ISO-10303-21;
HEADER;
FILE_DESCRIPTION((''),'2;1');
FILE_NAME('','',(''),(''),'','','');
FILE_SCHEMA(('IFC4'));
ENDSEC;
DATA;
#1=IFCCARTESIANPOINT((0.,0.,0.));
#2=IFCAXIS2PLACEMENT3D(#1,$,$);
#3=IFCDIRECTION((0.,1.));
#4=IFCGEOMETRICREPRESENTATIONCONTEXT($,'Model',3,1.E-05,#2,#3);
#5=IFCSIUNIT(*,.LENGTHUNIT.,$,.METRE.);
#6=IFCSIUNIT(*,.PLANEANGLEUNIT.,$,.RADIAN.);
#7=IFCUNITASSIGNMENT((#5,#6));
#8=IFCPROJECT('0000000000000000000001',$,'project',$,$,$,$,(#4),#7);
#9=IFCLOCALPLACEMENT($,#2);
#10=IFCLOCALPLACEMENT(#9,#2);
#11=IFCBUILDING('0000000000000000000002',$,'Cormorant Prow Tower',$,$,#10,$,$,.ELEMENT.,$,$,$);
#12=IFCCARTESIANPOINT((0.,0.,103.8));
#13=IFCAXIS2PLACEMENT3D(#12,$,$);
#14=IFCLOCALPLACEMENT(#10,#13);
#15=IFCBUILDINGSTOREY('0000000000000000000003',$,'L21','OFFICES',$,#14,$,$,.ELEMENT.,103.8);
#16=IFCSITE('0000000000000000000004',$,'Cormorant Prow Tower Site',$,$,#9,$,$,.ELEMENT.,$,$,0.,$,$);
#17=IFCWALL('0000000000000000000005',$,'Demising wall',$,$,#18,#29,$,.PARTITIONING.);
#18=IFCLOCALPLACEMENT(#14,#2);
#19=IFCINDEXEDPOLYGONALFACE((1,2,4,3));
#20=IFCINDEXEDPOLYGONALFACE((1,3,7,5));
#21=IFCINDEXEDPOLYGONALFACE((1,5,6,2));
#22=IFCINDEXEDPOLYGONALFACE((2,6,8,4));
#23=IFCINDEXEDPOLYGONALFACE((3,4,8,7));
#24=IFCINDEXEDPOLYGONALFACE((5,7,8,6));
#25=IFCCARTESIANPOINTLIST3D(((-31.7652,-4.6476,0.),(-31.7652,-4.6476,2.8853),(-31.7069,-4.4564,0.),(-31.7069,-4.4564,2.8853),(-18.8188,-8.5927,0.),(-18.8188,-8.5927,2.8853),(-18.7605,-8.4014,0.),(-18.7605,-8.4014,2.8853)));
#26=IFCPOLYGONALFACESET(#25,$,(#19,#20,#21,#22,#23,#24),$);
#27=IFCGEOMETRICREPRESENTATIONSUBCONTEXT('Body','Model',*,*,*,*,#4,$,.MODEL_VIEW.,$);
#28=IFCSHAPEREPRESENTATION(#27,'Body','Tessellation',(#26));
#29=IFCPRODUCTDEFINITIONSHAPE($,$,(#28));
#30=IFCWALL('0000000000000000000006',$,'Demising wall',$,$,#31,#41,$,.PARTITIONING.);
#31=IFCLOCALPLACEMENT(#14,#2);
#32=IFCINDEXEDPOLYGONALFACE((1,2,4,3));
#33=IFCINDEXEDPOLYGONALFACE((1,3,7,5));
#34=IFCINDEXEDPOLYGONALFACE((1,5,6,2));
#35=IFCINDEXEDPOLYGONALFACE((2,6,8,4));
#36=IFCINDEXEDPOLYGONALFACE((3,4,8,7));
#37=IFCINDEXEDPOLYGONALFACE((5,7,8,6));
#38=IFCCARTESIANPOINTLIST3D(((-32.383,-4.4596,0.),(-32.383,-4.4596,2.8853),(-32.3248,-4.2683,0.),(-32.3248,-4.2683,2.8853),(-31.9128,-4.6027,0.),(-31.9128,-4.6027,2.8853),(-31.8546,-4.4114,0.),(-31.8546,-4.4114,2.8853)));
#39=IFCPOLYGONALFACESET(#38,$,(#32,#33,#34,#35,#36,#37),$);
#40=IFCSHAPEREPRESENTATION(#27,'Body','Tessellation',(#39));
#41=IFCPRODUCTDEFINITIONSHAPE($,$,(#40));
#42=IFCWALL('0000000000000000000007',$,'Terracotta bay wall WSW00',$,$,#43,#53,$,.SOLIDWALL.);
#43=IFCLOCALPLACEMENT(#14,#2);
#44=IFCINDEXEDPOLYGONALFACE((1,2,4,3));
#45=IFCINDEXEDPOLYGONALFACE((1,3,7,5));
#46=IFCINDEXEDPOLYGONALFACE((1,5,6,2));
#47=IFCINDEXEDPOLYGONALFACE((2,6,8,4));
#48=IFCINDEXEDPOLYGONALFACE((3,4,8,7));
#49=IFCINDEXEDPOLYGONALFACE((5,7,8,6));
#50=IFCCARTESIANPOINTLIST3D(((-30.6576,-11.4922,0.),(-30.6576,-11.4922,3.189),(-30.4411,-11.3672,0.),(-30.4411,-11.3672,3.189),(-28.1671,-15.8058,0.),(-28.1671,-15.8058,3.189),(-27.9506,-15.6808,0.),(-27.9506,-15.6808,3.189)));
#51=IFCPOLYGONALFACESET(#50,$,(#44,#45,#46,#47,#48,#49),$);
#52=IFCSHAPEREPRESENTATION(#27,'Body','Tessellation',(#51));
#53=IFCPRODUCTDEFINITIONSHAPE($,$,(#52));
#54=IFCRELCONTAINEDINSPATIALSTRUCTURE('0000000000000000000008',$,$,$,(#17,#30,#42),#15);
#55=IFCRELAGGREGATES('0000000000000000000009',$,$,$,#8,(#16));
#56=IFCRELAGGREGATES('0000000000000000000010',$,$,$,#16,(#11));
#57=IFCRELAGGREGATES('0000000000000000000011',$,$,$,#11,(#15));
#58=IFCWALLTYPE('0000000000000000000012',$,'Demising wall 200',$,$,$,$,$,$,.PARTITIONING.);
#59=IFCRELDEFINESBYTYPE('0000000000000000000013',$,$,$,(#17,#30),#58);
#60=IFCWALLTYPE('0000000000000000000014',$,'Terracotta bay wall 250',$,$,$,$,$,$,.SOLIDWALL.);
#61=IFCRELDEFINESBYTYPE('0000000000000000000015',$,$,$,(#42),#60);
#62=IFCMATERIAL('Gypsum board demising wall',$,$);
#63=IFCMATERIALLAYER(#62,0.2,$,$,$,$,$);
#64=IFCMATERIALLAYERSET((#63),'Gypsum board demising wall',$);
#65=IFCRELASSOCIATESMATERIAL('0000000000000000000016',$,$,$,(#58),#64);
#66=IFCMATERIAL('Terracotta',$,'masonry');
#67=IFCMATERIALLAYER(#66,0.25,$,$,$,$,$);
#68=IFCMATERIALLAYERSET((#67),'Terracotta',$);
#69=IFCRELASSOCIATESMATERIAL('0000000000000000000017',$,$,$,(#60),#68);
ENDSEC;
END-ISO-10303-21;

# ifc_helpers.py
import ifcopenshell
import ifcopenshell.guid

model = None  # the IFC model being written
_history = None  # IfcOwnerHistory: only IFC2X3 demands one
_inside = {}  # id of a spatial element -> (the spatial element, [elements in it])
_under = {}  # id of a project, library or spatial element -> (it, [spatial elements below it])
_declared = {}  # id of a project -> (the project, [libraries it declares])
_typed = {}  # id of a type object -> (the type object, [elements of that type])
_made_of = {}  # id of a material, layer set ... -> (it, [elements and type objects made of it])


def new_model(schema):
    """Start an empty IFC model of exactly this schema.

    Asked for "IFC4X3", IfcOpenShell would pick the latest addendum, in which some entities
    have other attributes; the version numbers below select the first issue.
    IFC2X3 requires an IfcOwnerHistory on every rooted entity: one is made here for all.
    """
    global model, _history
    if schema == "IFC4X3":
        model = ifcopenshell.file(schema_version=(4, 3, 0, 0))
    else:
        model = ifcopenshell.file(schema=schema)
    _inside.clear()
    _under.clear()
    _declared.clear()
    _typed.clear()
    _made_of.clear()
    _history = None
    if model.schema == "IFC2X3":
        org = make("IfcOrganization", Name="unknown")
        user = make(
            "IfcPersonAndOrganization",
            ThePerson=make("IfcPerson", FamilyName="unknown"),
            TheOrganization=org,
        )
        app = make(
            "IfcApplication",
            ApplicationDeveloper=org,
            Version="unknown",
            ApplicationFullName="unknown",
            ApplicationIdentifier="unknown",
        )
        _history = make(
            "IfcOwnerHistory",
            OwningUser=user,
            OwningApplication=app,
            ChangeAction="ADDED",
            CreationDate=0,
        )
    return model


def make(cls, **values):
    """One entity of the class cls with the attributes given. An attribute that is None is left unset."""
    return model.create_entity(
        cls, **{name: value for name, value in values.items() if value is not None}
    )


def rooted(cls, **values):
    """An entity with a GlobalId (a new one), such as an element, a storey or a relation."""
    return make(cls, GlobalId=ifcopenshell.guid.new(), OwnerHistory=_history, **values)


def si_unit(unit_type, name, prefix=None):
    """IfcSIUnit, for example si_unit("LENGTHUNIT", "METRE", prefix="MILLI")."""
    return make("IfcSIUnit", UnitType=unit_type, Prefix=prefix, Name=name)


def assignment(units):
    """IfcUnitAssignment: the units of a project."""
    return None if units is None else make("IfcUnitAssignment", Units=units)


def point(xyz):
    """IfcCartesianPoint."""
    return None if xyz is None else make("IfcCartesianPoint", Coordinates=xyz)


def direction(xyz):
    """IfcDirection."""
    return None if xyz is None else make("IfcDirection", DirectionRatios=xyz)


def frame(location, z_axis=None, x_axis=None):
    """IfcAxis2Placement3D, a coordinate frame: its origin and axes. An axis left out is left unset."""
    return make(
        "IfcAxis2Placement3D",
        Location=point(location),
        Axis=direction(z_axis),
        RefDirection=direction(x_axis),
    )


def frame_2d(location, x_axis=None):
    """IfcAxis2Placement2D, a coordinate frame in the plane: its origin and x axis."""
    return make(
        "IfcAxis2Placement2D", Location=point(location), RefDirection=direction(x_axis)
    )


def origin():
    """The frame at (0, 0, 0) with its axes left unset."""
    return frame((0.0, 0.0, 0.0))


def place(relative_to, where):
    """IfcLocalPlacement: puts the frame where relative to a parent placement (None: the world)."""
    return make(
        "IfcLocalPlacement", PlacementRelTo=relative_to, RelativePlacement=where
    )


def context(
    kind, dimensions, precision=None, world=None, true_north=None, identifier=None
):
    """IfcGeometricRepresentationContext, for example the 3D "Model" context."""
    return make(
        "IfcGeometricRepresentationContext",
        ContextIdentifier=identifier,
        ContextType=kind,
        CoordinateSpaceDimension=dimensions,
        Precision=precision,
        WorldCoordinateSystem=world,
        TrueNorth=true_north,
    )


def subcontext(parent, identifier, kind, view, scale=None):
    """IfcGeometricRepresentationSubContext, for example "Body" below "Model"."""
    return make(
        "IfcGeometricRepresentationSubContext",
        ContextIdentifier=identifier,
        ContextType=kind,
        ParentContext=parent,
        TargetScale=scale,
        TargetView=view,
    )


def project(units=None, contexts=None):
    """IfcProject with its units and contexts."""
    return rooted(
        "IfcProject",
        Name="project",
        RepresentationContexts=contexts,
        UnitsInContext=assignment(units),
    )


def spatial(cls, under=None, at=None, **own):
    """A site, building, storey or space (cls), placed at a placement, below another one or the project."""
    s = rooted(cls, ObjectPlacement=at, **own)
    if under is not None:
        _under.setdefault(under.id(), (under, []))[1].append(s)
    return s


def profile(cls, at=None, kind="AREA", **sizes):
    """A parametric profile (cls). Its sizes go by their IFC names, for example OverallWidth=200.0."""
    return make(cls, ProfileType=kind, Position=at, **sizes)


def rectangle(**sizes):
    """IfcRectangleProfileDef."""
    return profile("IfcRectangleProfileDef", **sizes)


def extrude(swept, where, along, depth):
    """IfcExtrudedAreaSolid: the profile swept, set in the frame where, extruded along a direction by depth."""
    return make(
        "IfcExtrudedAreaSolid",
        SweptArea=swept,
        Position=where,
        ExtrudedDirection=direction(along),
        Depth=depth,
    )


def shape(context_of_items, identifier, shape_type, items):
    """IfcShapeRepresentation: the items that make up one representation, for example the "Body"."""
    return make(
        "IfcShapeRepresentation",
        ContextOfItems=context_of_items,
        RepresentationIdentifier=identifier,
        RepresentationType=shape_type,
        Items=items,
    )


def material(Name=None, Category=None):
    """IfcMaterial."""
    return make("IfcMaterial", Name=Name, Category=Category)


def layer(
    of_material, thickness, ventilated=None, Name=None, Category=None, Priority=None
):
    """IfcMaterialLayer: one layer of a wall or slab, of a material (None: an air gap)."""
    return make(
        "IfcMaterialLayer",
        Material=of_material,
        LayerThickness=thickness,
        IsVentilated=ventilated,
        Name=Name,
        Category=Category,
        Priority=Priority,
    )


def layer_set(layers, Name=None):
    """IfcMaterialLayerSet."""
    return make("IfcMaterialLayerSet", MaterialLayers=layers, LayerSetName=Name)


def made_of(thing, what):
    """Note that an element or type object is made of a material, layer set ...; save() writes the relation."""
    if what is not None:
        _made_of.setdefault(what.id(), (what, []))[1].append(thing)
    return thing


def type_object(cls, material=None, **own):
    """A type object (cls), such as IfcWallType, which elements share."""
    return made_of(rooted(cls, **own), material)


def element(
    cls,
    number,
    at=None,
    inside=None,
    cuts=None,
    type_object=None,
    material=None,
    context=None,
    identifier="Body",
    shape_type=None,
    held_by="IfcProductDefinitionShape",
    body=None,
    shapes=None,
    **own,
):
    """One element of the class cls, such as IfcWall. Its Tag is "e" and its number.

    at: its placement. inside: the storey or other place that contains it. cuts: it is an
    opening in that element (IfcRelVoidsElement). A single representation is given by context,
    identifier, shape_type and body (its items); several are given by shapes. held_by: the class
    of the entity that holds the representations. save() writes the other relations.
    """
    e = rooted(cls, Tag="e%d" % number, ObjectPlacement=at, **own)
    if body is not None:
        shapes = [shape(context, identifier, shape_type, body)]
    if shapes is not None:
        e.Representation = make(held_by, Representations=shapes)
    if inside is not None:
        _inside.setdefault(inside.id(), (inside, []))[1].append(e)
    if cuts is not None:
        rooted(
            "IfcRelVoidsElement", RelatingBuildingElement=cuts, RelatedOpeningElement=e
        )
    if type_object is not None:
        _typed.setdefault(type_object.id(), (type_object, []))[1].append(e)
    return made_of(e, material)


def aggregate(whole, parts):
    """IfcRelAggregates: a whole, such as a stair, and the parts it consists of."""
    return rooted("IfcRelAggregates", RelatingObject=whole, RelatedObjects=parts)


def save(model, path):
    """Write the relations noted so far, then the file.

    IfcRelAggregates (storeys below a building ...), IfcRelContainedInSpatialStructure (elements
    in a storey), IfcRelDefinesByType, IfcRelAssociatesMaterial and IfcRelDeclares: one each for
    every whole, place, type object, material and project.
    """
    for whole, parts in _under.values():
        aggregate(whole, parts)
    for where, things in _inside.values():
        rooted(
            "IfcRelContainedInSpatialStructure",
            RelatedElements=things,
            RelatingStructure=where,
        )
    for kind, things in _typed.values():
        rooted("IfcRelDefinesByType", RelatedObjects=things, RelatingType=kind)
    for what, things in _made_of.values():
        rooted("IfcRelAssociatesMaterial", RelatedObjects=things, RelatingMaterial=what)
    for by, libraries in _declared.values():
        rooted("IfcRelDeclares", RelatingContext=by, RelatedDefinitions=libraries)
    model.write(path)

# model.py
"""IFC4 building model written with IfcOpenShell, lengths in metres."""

from ifc_helpers import new_model, si_unit, direction, frame, frame_2d, origin, place, context, subcontext, project, spatial, rectangle, extrude, material, layer, layer_set, type_object, element, save


model = new_model("IFC4")

# Units and contexts
model_context = context("Model", 3, precision=1e-05, world=origin(), true_north=direction((0.0, 1.0)))
body_context = subcontext(model_context, "Body", "Model", "MODEL_VIEW")
ifc_project = project(units=[si_unit("LENGTHUNIT", "METRE"), si_unit("PLANEANGLEUNIT", "RADIAN")], contexts=[model_context])

# Site, building, storey
site_placement = place(None, origin())
site = spatial("IfcSite", under=ifc_project, at=site_placement, Name="Cormorant Prow Tower Site", CompositionType="ELEMENT", RefElevation=0.0)
building_placement = place(site_placement, origin())
building = spatial("IfcBuilding", under=site, at=building_placement, Name="Cormorant Prow Tower", CompositionType="ELEMENT")
storey_placement = place(building_placement, frame((0.0, 0.0, 103.8)))
storey = spatial("IfcBuildingStorey", under=building, at=storey_placement, Name="L21", Description="OFFICES", CompositionType="ELEMENT", Elevation=103.8)

# Walls
ifc_material_1 = material(Name="Gypsum board demising wall")
ifc_layer_1 = layer(ifc_material_1, 0.2)
ifc_layer_set_1 = layer_set([ifc_layer_1], Name="Gypsum board demising wall")
wall_type_1 = type_object("IfcWallType", Name="Demising wall 200", PredefinedType="PARTITIONING", material=ifc_layer_set_1)
wall_1_placement = place(storey_placement, frame((-31.7361, -4.552, 0.0), z_axis=(0.0, 0.0, 1.0), x_axis=(0.956575, -0.291487, 0.0)))
element("IfcWall", 1, at=wall_1_placement, inside=storey, type_object=wall_type_1, Name="Demising wall", PredefinedType="PARTITIONING", context=body_context, shape_type="SweptSolid", body=[
    extrude(rectangle(XDim=13.5342, YDim=0.2, at=frame_2d((6.7671, 0.0))), origin(), (0.0, 0.0, 1.0), 2.8853),
])
wall_2_placement = place(storey_placement, frame((-32.3538, -4.364, 0.0), z_axis=(0.0, 0.0, 1.0), x_axis=(0.956698, -0.291083, 0.0)))
element("IfcWall", 2, at=wall_2_placement, inside=storey, type_object=wall_type_1, Name="Demising wall", PredefinedType="PARTITIONING", context=body_context, shape_type="SweptSolid", body=[
    extrude(rectangle(XDim=0.4915, YDim=0.2, at=frame_2d((0.2456, 0.0))), origin(), (0.0, 0.0, 1.0), 2.8853),
])
ifc_material_2 = material(Name="Terracotta", Category="masonry")
ifc_layer_2 = layer(ifc_material_2, 0.25)
ifc_layer_set_2 = layer_set([ifc_layer_2], Name="Terracotta")
wall_type_2 = type_object("IfcWallType", Name="Terracotta bay wall 250", PredefinedType="SOLIDWALL", material=ifc_layer_set_2)
wall_3_placement = place(storey_placement, frame((-30.5493, -11.4297, 0.0), z_axis=(0.0, 0.0, 1.0), x_axis=(0.499993, -0.86603, 0.0)))
element("IfcWall", 3, at=wall_3_placement, inside=storey, type_object=wall_type_2, Name="Terracotta bay wall WSW00", PredefinedType="SOLIDWALL", context=body_context, shape_type="SweptSolid", body=[
    extrude(rectangle(XDim=4.981, YDim=0.25, at=frame_2d((2.4905, 0.0))), origin(), (0.0, 0.0, 1.0), 3.189),
])

save(model, "model.ifc")
